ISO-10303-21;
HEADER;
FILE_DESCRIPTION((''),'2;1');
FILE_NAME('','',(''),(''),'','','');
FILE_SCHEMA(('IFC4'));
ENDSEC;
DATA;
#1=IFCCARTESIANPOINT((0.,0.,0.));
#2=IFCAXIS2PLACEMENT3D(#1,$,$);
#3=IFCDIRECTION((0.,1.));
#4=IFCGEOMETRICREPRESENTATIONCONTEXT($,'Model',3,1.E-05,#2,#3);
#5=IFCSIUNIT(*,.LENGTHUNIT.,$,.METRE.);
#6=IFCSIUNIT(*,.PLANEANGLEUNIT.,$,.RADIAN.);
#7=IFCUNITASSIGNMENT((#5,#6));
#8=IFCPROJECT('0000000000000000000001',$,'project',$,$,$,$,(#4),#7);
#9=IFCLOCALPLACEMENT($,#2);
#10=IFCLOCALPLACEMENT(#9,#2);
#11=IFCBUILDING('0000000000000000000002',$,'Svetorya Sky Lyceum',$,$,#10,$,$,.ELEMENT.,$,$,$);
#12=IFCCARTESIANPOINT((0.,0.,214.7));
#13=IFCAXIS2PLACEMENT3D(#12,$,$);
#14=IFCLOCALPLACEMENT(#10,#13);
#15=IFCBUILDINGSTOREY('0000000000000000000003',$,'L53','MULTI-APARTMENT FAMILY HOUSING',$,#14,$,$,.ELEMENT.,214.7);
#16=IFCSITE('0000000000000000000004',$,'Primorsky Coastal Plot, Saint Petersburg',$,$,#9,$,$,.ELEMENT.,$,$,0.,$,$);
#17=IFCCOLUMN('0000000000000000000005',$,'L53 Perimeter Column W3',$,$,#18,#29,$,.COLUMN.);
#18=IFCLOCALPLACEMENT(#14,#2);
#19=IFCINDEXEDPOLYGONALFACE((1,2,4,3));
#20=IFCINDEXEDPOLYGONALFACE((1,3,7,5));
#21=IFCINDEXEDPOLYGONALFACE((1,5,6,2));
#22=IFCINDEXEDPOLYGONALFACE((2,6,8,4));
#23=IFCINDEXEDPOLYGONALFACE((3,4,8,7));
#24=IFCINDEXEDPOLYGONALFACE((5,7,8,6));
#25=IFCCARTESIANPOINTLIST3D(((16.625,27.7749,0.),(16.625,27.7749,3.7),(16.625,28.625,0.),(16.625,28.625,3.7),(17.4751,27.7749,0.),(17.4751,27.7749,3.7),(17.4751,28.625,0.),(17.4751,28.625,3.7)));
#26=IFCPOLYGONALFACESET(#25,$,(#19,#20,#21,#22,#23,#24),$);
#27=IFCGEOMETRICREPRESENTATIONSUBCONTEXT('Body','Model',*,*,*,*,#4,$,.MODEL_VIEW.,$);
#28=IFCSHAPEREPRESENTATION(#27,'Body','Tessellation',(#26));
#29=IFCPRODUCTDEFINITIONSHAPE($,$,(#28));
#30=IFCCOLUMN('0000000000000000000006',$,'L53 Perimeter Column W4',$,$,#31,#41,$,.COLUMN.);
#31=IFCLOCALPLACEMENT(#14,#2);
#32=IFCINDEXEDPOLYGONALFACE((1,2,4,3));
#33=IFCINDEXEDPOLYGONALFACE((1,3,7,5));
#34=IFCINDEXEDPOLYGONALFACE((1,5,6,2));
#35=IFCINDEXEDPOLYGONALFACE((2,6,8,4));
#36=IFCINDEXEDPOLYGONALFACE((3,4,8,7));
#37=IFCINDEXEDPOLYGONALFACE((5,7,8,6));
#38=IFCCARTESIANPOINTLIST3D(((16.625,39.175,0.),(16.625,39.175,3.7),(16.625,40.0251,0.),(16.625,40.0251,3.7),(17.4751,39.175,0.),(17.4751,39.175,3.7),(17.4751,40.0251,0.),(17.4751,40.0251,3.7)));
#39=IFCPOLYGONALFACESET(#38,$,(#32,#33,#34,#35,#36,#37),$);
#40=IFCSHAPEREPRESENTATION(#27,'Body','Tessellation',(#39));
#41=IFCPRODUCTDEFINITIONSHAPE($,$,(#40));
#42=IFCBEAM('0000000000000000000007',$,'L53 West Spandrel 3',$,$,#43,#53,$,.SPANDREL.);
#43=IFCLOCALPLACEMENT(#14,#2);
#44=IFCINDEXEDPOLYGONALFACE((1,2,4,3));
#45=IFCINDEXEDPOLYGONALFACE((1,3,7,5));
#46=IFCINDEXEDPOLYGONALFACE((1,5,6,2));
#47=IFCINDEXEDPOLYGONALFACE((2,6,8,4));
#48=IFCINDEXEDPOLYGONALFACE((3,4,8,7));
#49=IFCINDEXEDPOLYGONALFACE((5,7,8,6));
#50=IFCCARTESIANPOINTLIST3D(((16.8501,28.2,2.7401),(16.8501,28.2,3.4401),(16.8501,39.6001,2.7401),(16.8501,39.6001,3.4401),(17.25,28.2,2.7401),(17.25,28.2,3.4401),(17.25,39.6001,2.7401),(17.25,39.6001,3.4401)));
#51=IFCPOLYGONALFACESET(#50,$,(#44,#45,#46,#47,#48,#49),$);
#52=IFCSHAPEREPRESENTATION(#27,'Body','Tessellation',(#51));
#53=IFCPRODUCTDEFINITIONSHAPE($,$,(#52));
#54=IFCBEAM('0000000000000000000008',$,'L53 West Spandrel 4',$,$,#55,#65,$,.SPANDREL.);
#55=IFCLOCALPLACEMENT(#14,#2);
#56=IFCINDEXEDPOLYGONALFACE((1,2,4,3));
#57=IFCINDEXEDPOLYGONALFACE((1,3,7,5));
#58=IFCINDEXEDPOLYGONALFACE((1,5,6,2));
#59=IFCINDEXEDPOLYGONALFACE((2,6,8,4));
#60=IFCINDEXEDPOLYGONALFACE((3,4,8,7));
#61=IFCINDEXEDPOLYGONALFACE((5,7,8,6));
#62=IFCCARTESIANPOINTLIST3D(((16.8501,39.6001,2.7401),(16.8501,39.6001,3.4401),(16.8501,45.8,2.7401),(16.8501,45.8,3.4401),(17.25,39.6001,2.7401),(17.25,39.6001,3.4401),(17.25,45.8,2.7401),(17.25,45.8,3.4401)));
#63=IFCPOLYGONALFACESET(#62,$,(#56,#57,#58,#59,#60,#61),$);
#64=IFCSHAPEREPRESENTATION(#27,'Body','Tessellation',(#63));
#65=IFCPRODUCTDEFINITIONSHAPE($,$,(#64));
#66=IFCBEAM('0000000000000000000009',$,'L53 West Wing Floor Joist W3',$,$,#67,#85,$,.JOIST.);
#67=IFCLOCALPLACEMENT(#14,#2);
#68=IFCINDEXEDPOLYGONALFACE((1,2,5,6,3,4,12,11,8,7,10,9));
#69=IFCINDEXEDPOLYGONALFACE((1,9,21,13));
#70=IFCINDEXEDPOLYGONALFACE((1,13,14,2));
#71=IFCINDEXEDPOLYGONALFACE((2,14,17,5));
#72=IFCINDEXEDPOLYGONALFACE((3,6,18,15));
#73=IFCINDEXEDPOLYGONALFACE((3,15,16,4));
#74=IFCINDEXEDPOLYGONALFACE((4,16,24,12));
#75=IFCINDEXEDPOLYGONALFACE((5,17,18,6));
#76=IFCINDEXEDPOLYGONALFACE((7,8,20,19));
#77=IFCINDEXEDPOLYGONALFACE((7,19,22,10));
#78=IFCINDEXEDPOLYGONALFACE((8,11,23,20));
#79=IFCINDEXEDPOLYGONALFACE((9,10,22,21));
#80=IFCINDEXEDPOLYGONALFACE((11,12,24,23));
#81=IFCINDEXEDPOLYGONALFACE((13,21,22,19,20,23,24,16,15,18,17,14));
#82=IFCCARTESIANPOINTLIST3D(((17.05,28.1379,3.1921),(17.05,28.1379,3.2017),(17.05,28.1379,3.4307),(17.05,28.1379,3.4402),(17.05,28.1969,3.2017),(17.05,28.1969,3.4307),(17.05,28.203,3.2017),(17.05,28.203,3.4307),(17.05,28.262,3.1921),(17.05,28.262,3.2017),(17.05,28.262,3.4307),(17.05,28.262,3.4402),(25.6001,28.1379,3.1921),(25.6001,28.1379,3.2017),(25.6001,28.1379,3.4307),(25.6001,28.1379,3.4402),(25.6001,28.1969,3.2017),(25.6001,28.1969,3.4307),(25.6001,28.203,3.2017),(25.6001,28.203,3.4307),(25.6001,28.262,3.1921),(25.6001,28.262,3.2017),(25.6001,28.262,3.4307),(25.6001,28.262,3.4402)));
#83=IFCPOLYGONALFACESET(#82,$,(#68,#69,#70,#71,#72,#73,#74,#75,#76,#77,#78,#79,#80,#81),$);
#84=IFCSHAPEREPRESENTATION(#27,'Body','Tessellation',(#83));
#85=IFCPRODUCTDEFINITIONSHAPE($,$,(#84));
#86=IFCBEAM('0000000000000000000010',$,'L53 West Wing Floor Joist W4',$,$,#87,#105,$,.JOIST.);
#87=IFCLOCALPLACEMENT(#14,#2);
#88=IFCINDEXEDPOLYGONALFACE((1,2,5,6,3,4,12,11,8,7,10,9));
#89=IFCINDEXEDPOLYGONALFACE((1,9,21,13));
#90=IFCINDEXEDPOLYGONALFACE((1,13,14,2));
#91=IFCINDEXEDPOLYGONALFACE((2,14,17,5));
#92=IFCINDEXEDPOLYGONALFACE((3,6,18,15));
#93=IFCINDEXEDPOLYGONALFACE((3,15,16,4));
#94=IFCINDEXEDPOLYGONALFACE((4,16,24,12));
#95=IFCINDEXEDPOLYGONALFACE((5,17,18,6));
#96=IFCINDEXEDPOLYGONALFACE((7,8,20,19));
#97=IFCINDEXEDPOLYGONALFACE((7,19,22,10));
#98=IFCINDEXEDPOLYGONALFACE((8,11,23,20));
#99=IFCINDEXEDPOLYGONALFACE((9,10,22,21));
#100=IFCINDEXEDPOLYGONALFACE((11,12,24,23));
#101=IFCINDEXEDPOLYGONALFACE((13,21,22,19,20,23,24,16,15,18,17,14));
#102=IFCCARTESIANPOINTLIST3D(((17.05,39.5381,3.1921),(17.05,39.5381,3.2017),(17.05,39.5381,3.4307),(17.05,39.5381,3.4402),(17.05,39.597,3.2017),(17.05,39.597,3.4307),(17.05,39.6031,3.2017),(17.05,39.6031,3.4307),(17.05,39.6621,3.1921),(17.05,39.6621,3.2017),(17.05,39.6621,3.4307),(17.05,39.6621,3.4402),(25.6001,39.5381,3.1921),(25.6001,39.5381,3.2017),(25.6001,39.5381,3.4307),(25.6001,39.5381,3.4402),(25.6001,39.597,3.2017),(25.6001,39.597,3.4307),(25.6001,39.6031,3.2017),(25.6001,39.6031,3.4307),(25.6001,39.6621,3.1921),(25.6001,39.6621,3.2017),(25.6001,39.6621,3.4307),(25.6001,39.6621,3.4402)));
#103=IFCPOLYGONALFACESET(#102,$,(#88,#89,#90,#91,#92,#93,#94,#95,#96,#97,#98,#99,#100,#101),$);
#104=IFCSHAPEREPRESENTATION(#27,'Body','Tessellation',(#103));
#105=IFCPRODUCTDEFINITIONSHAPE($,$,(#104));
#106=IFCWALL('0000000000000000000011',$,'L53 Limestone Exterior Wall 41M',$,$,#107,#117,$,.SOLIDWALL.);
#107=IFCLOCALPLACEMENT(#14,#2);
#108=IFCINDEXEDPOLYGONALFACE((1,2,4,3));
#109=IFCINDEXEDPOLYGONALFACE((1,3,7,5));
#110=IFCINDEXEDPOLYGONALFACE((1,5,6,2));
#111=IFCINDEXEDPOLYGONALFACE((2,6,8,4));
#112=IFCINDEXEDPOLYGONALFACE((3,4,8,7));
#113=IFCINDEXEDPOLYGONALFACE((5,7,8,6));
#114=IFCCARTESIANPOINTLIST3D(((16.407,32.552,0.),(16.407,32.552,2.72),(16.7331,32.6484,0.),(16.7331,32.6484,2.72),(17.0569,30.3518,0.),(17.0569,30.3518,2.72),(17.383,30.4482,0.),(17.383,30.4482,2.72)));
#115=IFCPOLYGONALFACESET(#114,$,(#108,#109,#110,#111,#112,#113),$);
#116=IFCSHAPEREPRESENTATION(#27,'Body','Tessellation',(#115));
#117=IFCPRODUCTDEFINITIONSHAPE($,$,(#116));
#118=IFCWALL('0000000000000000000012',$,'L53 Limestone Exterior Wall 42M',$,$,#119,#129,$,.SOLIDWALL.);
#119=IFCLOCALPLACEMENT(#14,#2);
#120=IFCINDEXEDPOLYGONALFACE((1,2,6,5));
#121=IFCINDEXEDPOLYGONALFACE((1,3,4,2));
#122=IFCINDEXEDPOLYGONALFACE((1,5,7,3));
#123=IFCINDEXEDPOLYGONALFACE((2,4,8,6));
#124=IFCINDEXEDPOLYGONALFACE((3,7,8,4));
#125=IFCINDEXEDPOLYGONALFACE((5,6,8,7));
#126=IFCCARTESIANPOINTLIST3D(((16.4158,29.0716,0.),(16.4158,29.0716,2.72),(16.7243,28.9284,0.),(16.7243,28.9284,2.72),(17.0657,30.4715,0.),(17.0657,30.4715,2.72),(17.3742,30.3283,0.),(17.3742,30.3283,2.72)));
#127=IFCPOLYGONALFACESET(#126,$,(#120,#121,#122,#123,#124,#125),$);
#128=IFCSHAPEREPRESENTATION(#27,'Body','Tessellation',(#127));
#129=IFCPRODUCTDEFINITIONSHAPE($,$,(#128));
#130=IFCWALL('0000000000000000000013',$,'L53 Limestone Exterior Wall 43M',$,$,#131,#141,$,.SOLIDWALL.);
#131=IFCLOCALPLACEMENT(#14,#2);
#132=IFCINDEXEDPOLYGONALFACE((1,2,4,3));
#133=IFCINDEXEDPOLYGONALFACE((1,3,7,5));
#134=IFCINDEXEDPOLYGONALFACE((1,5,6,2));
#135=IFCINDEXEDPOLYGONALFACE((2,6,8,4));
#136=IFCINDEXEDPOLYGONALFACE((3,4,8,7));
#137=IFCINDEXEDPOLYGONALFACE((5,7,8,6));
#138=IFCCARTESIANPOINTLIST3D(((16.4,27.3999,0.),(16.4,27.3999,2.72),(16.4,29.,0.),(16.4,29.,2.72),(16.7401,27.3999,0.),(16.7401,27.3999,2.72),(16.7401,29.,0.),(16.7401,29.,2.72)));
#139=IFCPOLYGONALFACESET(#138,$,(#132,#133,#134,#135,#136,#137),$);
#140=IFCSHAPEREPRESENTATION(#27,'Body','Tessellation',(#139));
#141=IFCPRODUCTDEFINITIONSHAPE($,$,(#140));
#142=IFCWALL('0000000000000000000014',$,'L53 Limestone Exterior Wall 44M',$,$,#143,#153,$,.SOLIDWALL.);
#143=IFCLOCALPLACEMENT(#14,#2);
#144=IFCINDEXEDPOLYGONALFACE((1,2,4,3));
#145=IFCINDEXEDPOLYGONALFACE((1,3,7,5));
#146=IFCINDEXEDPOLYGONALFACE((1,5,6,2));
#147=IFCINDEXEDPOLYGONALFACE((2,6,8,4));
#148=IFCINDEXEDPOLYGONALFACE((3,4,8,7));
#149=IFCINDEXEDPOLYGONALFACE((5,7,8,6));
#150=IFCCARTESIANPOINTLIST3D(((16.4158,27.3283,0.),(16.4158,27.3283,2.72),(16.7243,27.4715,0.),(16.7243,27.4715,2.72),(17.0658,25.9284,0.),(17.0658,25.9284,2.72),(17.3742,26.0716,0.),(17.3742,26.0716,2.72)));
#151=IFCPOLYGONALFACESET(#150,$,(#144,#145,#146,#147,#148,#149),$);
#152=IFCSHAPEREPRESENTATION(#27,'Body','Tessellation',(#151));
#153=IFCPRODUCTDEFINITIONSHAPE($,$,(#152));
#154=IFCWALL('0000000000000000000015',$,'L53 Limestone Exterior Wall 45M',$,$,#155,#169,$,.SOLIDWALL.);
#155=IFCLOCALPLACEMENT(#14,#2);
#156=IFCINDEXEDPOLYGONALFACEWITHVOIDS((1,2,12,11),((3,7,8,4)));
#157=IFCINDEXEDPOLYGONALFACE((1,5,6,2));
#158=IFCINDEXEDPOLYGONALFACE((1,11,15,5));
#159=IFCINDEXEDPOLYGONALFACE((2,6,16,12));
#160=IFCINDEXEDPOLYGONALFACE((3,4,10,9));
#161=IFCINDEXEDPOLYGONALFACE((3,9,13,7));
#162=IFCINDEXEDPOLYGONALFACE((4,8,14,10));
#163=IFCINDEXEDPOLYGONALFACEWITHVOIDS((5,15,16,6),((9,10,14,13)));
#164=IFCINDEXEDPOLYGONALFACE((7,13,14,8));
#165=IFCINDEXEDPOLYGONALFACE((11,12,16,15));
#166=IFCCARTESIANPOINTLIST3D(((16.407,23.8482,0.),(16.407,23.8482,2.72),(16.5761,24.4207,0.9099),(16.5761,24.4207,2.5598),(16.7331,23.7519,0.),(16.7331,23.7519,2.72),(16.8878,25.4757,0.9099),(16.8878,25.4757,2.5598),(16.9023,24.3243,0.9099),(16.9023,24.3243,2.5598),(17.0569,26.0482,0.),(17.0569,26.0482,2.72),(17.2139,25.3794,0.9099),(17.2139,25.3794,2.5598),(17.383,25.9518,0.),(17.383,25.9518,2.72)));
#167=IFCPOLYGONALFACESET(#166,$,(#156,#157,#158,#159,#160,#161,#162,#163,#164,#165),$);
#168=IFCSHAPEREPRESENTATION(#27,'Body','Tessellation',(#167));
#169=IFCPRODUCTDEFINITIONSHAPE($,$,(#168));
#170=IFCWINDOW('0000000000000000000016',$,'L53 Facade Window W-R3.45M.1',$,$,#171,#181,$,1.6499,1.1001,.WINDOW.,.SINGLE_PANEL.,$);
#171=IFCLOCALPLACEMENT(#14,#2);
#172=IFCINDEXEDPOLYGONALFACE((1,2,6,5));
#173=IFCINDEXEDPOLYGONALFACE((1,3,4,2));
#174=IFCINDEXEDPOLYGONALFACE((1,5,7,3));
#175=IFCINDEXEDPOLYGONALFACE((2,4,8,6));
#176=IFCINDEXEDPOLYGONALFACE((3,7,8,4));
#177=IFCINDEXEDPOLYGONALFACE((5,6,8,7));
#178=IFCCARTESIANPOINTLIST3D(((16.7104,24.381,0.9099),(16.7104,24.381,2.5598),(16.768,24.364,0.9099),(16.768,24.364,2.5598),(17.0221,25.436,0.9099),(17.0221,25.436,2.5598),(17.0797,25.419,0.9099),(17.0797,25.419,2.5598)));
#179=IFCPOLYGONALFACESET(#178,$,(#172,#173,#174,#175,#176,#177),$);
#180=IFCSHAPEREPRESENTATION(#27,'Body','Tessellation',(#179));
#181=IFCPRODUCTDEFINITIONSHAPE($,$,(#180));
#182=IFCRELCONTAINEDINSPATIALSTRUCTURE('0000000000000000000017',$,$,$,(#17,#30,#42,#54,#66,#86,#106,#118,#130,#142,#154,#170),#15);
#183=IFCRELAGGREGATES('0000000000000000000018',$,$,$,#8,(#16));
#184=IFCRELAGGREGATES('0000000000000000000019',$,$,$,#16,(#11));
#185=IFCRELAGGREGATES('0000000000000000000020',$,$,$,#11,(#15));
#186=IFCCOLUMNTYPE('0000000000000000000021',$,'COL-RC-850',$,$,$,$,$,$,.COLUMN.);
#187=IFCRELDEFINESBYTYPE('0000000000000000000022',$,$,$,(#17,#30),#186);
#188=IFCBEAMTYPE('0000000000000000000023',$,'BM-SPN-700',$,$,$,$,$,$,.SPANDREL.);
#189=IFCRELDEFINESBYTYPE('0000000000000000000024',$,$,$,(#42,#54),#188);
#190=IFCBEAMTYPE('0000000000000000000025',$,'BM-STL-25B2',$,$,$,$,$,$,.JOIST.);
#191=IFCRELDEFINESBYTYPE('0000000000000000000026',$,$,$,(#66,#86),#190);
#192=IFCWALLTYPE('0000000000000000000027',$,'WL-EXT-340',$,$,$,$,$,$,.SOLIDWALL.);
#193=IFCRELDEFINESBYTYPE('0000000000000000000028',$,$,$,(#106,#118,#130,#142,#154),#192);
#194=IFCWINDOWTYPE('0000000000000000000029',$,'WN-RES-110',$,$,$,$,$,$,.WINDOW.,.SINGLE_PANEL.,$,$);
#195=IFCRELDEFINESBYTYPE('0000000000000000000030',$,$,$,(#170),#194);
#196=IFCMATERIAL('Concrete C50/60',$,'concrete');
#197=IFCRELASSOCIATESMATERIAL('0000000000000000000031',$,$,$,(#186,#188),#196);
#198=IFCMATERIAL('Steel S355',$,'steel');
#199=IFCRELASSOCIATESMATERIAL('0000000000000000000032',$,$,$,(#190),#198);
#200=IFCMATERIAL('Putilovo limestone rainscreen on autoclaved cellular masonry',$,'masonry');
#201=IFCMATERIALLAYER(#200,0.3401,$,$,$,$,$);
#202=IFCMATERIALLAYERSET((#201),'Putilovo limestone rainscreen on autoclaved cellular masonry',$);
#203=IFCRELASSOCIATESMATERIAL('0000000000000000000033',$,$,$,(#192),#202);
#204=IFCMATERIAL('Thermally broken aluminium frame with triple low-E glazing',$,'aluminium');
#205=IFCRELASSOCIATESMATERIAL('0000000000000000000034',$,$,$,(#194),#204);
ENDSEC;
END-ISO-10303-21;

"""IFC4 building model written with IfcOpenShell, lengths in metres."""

from ifc_helpers import new_model, si_unit, direction, frame, frame_2d, origin, origin_2d, place, context, subcontext, project, spatial, rectangle, i_section, extrude, material, layer, layer_set, material_profile, profile_set, type_object, element, fill, save


model = new_model("IFC4")

# Units and contexts
model_context = context("Model", 3, precision=1e-05, world=origin(), true_north=direction((0.0, 1.0)))
body_context = subcontext(model_context, "Body", "Model", "MODEL_VIEW")
ifc_project = project(units=[si_unit("LENGTHUNIT", "METRE"), si_unit("PLANEANGLEUNIT", "RADIAN")], contexts=[model_context])

# Site, building, storey
site_placement = place(None, origin())
site = spatial("IfcSite", under=ifc_project, at=site_placement, Name="Primorsky Coastal Plot, Saint Petersburg", CompositionType="ELEMENT", RefElevation=0.0)
building_placement = place(site_placement, origin())
building = spatial("IfcBuilding", under=site, at=building_placement, Name="Svetorya Sky Lyceum", CompositionType="ELEMENT")
storey_placement = place(building_placement, frame((0.0, 0.0, 214.7)))
storey = spatial("IfcBuildingStorey", under=building, at=storey_placement, Name="L53", Description="MULTI-APARTMENT FAMILY HOUSING", CompositionType="ELEMENT", Elevation=214.7)

# Columns
ifc_material_1 = material(Name="Concrete C50/60", Category="concrete")
ifc_material_profile_1 = material_profile(ifc_material_1, rectangle(XDim=0.8501, YDim=0.8501, at=origin_2d()), Name="RC COL 850x850")
ifc_profile_set_1 = profile_set([ifc_material_profile_1], Name="Concrete C50/60")
column_type = type_object("IfcColumnType", Name="COL-RC-850", PredefinedType="COLUMN", material=ifc_profile_set_1)
for number, where, z_axis, x_axis, name in (
    (1, (17.05, 28.2, 0.0), (0.0, 0.0, 1.0), (1.0, 0.0, 0.0), "L53 Perimeter Column W3"),
    (2, (17.05, 39.6001, 0.0), (0.0, 0.0, 1.0), (1.0, 0.0, 0.0), "L53 Perimeter Column W4"),
):
    element("IfcColumn", number, at=place(storey_placement, frame(where, z_axis=z_axis, x_axis=x_axis)), inside=storey, type_object=column_type, Name=name, PredefinedType="COLUMN", context=body_context, shape_type="SweptSolid", body=[
        extrude(rectangle(XDim=0.8501, YDim=0.8501, at=origin_2d()), origin(), (0.0, 0.0, 1.0), 3.7),
    ])

# Beams
ifc_material_profile_2 = material_profile(ifc_material_1, rectangle(XDim=0.3999, YDim=0.7, at=origin_2d()), Name="RC SPANDREL 400x700")
ifc_profile_set_2 = profile_set([ifc_material_profile_2], Name="Concrete C50/60")
beam_type_1 = type_object("IfcBeamType", Name="BM-SPN-700", PredefinedType="SPANDREL", material=ifc_profile_set_2)
beam_1_placement = place(storey_placement, frame((17.05, 28.2, 3.0901), z_axis=(0.0, 1.0, 0.0), x_axis=(-1.0, 0.0, 0.0)))
element("IfcBeam", 3, at=beam_1_placement, inside=storey, type_object=beam_type_1, Name="L53 West Spandrel 3", PredefinedType="SPANDREL", context=body_context, shape_type="SweptSolid", body=[
    extrude(rectangle(XDim=0.3999, YDim=0.7, at=origin_2d()), origin(), (0.0, 0.0, 1.0), 11.4001),
])
beam_2_placement = place(storey_placement, frame((17.05, 39.6001, 3.0901), z_axis=(0.0, 1.0, 0.0), x_axis=(-1.0, 0.0, 0.0)))
element("IfcBeam", 4, at=beam_2_placement, inside=storey, type_object=beam_type_1, Name="L53 West Spandrel 4", PredefinedType="SPANDREL", context=body_context, shape_type="SweptSolid", body=[
    extrude(rectangle(XDim=0.3999, YDim=0.7, at=origin_2d()), origin(), (0.0, 0.0, 1.0), 6.2),
])
ifc_material_2 = material(Name="Steel S355", Category="steel")
ifc_material_profile_3 = material_profile(ifc_material_2, i_section(OverallWidth=0.124, OverallDepth=0.248, WebThickness=0.0061, FlangeThickness=0.0095, at=origin_2d()), Name="GOST 25B2")
ifc_profile_set_3 = profile_set([ifc_material_profile_3], Name="Steel S355")
beam_type_2 = type_object("IfcBeamType", Name="BM-STL-25B2", PredefinedType="JOIST", material=ifc_profile_set_3)
for number, where, z_axis, x_axis, name in (
    (5, (17.05, 28.2, 3.3162), (1.0, 0.0, 0.0), (0.0, 1.0, 0.0), "L53 West Wing Floor Joist W3"),
    (6, (17.05, 39.6001, 3.3162), (1.0, 0.0, 0.0), (0.0, 1.0, 0.0), "L53 West Wing Floor Joist W4"),
):
    element("IfcBeam", number, at=place(storey_placement, frame(where, z_axis=z_axis, x_axis=x_axis)), inside=storey, type_object=beam_type_2, Name=name, PredefinedType="JOIST", context=body_context, shape_type="SweptSolid", body=[
        extrude(i_section(OverallWidth=0.124, OverallDepth=0.248, WebThickness=0.0061, FlangeThickness=0.0095, at=origin_2d()), origin(), (0.0, 0.0, 1.0), 8.55),
    ])

# Walls
ifc_material_3 = material(Name="Putilovo limestone rainscreen on autoclaved cellular masonry", Category="masonry")
ifc_layer_1 = layer(ifc_material_3, 0.3401)
ifc_layer_set_1 = layer_set([ifc_layer_1], Name="Putilovo limestone rainscreen on autoclaved cellular masonry")
wall_type_1 = type_object("IfcWallType", Name="WL-EXT-340", PredefinedType="SOLIDWALL", material=ifc_layer_set_1)
wall_1_placement = place(storey_placement, frame((16.5701, 32.6001, 0.0), z_axis=(0.0, 0.0, 1.0), x_axis=(0.283284, -0.959036, 0.0)))
element("IfcWall", 7, at=wall_1_placement, inside=storey, type_object=wall_type_1, Name="L53 Limestone Exterior Wall 41M", PredefinedType="SOLIDWALL", context=body_context, shape_type="SweptSolid", body=[
    extrude(rectangle(XDim=2.2942, YDim=0.3401, at=frame_2d((1.147, 0.0))), origin(), (0.0, 0.0, 1.0), 2.72),
])
wall_2_placement = place(storey_placement, frame((17.22, 30.3999, 0.0), z_axis=(0.0, 0.0, 1.0), x_axis=(-0.421083, -0.907022, 0.0)))
element("IfcWall", 8, at=wall_2_placement, inside=storey, type_object=wall_type_1, Name="L53 Limestone Exterior Wall 42M", PredefinedType="SOLIDWALL", context=body_context, shape_type="SweptSolid", body=[
    extrude(rectangle(XDim=1.5435, YDim=0.3401, at=frame_2d((0.7717, 0.0))), origin(), (0.0, 0.0, 1.0), 2.72),
])
wall_3_placement = place(storey_placement, frame((16.5701, 29.0, 0.0), z_axis=(0.0, 0.0, 1.0), x_axis=(0.0, -1.0, 0.0)))
element("IfcWall", 9, at=wall_3_placement, inside=storey, type_object=wall_type_1, Name="L53 Limestone Exterior Wall 43M", PredefinedType="SOLIDWALL", context=body_context, shape_type="SweptSolid", body=[
    extrude(rectangle(XDim=1.6001, YDim=0.3401, at=frame_2d((0.8, 0.0))), origin(), (0.0, 0.0, 1.0), 2.72),
])
wall_4_placement = place(storey_placement, frame((16.5701, 27.3999, 0.0), z_axis=(0.0, 0.0, 1.0), x_axis=(0.421083, -0.907022, 0.0)))
element("IfcWall", 10, at=wall_4_placement, inside=storey, type_object=wall_type_1, Name="L53 Limestone Exterior Wall 44M", PredefinedType="SOLIDWALL", context=body_context, shape_type="SweptSolid", body=[
    extrude(rectangle(XDim=1.5435, YDim=0.3401, at=frame_2d((0.7717, 0.0))), origin(), (0.0, 0.0, 1.0), 2.72),
])

# Wall, opening, window
wall_5_placement = place(storey_placement, frame((17.22, 26.0, 0.0), z_axis=(0.0, 0.0, 1.0), x_axis=(-0.283313, -0.959028, 0.0)))
wall_5 = element("IfcWall", 11, at=wall_5_placement, inside=storey, type_object=wall_type_1, Name="L53 Limestone Exterior Wall 45M", PredefinedType="SOLIDWALL", context=body_context, shape_type="SweptSolid", body=[
    extrude(rectangle(XDim=2.2939, YDim=0.3401, at=frame_2d((1.147, 0.0))), origin(), (0.0, 0.0, 1.0), 2.72),
])
opening_1_placement = place(wall_5_placement, frame((0.5969, 0.0, 0.9099)))
opening_1 = element("IfcOpeningElement", 12, at=opening_1_placement, cuts=wall_5, PredefinedType="OPENING", context=body_context, shape_type="SweptSolid", body=[
    extrude(rectangle(XDim=1.1001, YDim=1.6499, at=frame_2d((0.55, 0.825))), frame((0.0, 0.1799, 0.0), z_axis=(0.0, -1.0, 0.0), x_axis=(1.0, 0.0, 0.0)), (0.0, 0.0, 1.0), 0.3601),
])
ifc_material_4 = material(Name="Thermally broken aluminium frame with triple low-E glazing", Category="aluminium")
window_type = type_object("IfcWindowType", Name="WN-RES-110", PartitioningType="SINGLE_PANEL", PredefinedType="WINDOW", material=ifc_material_4)
window_1_placement = place(opening_1_placement, origin())
window_1 = element("IfcWindow", 13, at=window_1_placement, inside=storey, type_object=window_type, Name="L53 Facade Window W-R3.45M.1", OverallHeight=1.6499, OverallWidth=1.1001, PartitioningType="SINGLE_PANEL", PredefinedType="WINDOW", context=body_context, shape_type="SweptSolid", body=[
    extrude(rectangle(XDim=1.1001, YDim=1.6499, at=frame_2d((0.55, 0.825))), frame((0.0, 0.03, 0.0), z_axis=(0.0, -1.0, 0.0), x_axis=(1.0, 0.0, 0.0)), (0.0, 0.0, 1.0), 0.0601),
])
fill(opening_1, window_1)

save(model, "model.ifc")
